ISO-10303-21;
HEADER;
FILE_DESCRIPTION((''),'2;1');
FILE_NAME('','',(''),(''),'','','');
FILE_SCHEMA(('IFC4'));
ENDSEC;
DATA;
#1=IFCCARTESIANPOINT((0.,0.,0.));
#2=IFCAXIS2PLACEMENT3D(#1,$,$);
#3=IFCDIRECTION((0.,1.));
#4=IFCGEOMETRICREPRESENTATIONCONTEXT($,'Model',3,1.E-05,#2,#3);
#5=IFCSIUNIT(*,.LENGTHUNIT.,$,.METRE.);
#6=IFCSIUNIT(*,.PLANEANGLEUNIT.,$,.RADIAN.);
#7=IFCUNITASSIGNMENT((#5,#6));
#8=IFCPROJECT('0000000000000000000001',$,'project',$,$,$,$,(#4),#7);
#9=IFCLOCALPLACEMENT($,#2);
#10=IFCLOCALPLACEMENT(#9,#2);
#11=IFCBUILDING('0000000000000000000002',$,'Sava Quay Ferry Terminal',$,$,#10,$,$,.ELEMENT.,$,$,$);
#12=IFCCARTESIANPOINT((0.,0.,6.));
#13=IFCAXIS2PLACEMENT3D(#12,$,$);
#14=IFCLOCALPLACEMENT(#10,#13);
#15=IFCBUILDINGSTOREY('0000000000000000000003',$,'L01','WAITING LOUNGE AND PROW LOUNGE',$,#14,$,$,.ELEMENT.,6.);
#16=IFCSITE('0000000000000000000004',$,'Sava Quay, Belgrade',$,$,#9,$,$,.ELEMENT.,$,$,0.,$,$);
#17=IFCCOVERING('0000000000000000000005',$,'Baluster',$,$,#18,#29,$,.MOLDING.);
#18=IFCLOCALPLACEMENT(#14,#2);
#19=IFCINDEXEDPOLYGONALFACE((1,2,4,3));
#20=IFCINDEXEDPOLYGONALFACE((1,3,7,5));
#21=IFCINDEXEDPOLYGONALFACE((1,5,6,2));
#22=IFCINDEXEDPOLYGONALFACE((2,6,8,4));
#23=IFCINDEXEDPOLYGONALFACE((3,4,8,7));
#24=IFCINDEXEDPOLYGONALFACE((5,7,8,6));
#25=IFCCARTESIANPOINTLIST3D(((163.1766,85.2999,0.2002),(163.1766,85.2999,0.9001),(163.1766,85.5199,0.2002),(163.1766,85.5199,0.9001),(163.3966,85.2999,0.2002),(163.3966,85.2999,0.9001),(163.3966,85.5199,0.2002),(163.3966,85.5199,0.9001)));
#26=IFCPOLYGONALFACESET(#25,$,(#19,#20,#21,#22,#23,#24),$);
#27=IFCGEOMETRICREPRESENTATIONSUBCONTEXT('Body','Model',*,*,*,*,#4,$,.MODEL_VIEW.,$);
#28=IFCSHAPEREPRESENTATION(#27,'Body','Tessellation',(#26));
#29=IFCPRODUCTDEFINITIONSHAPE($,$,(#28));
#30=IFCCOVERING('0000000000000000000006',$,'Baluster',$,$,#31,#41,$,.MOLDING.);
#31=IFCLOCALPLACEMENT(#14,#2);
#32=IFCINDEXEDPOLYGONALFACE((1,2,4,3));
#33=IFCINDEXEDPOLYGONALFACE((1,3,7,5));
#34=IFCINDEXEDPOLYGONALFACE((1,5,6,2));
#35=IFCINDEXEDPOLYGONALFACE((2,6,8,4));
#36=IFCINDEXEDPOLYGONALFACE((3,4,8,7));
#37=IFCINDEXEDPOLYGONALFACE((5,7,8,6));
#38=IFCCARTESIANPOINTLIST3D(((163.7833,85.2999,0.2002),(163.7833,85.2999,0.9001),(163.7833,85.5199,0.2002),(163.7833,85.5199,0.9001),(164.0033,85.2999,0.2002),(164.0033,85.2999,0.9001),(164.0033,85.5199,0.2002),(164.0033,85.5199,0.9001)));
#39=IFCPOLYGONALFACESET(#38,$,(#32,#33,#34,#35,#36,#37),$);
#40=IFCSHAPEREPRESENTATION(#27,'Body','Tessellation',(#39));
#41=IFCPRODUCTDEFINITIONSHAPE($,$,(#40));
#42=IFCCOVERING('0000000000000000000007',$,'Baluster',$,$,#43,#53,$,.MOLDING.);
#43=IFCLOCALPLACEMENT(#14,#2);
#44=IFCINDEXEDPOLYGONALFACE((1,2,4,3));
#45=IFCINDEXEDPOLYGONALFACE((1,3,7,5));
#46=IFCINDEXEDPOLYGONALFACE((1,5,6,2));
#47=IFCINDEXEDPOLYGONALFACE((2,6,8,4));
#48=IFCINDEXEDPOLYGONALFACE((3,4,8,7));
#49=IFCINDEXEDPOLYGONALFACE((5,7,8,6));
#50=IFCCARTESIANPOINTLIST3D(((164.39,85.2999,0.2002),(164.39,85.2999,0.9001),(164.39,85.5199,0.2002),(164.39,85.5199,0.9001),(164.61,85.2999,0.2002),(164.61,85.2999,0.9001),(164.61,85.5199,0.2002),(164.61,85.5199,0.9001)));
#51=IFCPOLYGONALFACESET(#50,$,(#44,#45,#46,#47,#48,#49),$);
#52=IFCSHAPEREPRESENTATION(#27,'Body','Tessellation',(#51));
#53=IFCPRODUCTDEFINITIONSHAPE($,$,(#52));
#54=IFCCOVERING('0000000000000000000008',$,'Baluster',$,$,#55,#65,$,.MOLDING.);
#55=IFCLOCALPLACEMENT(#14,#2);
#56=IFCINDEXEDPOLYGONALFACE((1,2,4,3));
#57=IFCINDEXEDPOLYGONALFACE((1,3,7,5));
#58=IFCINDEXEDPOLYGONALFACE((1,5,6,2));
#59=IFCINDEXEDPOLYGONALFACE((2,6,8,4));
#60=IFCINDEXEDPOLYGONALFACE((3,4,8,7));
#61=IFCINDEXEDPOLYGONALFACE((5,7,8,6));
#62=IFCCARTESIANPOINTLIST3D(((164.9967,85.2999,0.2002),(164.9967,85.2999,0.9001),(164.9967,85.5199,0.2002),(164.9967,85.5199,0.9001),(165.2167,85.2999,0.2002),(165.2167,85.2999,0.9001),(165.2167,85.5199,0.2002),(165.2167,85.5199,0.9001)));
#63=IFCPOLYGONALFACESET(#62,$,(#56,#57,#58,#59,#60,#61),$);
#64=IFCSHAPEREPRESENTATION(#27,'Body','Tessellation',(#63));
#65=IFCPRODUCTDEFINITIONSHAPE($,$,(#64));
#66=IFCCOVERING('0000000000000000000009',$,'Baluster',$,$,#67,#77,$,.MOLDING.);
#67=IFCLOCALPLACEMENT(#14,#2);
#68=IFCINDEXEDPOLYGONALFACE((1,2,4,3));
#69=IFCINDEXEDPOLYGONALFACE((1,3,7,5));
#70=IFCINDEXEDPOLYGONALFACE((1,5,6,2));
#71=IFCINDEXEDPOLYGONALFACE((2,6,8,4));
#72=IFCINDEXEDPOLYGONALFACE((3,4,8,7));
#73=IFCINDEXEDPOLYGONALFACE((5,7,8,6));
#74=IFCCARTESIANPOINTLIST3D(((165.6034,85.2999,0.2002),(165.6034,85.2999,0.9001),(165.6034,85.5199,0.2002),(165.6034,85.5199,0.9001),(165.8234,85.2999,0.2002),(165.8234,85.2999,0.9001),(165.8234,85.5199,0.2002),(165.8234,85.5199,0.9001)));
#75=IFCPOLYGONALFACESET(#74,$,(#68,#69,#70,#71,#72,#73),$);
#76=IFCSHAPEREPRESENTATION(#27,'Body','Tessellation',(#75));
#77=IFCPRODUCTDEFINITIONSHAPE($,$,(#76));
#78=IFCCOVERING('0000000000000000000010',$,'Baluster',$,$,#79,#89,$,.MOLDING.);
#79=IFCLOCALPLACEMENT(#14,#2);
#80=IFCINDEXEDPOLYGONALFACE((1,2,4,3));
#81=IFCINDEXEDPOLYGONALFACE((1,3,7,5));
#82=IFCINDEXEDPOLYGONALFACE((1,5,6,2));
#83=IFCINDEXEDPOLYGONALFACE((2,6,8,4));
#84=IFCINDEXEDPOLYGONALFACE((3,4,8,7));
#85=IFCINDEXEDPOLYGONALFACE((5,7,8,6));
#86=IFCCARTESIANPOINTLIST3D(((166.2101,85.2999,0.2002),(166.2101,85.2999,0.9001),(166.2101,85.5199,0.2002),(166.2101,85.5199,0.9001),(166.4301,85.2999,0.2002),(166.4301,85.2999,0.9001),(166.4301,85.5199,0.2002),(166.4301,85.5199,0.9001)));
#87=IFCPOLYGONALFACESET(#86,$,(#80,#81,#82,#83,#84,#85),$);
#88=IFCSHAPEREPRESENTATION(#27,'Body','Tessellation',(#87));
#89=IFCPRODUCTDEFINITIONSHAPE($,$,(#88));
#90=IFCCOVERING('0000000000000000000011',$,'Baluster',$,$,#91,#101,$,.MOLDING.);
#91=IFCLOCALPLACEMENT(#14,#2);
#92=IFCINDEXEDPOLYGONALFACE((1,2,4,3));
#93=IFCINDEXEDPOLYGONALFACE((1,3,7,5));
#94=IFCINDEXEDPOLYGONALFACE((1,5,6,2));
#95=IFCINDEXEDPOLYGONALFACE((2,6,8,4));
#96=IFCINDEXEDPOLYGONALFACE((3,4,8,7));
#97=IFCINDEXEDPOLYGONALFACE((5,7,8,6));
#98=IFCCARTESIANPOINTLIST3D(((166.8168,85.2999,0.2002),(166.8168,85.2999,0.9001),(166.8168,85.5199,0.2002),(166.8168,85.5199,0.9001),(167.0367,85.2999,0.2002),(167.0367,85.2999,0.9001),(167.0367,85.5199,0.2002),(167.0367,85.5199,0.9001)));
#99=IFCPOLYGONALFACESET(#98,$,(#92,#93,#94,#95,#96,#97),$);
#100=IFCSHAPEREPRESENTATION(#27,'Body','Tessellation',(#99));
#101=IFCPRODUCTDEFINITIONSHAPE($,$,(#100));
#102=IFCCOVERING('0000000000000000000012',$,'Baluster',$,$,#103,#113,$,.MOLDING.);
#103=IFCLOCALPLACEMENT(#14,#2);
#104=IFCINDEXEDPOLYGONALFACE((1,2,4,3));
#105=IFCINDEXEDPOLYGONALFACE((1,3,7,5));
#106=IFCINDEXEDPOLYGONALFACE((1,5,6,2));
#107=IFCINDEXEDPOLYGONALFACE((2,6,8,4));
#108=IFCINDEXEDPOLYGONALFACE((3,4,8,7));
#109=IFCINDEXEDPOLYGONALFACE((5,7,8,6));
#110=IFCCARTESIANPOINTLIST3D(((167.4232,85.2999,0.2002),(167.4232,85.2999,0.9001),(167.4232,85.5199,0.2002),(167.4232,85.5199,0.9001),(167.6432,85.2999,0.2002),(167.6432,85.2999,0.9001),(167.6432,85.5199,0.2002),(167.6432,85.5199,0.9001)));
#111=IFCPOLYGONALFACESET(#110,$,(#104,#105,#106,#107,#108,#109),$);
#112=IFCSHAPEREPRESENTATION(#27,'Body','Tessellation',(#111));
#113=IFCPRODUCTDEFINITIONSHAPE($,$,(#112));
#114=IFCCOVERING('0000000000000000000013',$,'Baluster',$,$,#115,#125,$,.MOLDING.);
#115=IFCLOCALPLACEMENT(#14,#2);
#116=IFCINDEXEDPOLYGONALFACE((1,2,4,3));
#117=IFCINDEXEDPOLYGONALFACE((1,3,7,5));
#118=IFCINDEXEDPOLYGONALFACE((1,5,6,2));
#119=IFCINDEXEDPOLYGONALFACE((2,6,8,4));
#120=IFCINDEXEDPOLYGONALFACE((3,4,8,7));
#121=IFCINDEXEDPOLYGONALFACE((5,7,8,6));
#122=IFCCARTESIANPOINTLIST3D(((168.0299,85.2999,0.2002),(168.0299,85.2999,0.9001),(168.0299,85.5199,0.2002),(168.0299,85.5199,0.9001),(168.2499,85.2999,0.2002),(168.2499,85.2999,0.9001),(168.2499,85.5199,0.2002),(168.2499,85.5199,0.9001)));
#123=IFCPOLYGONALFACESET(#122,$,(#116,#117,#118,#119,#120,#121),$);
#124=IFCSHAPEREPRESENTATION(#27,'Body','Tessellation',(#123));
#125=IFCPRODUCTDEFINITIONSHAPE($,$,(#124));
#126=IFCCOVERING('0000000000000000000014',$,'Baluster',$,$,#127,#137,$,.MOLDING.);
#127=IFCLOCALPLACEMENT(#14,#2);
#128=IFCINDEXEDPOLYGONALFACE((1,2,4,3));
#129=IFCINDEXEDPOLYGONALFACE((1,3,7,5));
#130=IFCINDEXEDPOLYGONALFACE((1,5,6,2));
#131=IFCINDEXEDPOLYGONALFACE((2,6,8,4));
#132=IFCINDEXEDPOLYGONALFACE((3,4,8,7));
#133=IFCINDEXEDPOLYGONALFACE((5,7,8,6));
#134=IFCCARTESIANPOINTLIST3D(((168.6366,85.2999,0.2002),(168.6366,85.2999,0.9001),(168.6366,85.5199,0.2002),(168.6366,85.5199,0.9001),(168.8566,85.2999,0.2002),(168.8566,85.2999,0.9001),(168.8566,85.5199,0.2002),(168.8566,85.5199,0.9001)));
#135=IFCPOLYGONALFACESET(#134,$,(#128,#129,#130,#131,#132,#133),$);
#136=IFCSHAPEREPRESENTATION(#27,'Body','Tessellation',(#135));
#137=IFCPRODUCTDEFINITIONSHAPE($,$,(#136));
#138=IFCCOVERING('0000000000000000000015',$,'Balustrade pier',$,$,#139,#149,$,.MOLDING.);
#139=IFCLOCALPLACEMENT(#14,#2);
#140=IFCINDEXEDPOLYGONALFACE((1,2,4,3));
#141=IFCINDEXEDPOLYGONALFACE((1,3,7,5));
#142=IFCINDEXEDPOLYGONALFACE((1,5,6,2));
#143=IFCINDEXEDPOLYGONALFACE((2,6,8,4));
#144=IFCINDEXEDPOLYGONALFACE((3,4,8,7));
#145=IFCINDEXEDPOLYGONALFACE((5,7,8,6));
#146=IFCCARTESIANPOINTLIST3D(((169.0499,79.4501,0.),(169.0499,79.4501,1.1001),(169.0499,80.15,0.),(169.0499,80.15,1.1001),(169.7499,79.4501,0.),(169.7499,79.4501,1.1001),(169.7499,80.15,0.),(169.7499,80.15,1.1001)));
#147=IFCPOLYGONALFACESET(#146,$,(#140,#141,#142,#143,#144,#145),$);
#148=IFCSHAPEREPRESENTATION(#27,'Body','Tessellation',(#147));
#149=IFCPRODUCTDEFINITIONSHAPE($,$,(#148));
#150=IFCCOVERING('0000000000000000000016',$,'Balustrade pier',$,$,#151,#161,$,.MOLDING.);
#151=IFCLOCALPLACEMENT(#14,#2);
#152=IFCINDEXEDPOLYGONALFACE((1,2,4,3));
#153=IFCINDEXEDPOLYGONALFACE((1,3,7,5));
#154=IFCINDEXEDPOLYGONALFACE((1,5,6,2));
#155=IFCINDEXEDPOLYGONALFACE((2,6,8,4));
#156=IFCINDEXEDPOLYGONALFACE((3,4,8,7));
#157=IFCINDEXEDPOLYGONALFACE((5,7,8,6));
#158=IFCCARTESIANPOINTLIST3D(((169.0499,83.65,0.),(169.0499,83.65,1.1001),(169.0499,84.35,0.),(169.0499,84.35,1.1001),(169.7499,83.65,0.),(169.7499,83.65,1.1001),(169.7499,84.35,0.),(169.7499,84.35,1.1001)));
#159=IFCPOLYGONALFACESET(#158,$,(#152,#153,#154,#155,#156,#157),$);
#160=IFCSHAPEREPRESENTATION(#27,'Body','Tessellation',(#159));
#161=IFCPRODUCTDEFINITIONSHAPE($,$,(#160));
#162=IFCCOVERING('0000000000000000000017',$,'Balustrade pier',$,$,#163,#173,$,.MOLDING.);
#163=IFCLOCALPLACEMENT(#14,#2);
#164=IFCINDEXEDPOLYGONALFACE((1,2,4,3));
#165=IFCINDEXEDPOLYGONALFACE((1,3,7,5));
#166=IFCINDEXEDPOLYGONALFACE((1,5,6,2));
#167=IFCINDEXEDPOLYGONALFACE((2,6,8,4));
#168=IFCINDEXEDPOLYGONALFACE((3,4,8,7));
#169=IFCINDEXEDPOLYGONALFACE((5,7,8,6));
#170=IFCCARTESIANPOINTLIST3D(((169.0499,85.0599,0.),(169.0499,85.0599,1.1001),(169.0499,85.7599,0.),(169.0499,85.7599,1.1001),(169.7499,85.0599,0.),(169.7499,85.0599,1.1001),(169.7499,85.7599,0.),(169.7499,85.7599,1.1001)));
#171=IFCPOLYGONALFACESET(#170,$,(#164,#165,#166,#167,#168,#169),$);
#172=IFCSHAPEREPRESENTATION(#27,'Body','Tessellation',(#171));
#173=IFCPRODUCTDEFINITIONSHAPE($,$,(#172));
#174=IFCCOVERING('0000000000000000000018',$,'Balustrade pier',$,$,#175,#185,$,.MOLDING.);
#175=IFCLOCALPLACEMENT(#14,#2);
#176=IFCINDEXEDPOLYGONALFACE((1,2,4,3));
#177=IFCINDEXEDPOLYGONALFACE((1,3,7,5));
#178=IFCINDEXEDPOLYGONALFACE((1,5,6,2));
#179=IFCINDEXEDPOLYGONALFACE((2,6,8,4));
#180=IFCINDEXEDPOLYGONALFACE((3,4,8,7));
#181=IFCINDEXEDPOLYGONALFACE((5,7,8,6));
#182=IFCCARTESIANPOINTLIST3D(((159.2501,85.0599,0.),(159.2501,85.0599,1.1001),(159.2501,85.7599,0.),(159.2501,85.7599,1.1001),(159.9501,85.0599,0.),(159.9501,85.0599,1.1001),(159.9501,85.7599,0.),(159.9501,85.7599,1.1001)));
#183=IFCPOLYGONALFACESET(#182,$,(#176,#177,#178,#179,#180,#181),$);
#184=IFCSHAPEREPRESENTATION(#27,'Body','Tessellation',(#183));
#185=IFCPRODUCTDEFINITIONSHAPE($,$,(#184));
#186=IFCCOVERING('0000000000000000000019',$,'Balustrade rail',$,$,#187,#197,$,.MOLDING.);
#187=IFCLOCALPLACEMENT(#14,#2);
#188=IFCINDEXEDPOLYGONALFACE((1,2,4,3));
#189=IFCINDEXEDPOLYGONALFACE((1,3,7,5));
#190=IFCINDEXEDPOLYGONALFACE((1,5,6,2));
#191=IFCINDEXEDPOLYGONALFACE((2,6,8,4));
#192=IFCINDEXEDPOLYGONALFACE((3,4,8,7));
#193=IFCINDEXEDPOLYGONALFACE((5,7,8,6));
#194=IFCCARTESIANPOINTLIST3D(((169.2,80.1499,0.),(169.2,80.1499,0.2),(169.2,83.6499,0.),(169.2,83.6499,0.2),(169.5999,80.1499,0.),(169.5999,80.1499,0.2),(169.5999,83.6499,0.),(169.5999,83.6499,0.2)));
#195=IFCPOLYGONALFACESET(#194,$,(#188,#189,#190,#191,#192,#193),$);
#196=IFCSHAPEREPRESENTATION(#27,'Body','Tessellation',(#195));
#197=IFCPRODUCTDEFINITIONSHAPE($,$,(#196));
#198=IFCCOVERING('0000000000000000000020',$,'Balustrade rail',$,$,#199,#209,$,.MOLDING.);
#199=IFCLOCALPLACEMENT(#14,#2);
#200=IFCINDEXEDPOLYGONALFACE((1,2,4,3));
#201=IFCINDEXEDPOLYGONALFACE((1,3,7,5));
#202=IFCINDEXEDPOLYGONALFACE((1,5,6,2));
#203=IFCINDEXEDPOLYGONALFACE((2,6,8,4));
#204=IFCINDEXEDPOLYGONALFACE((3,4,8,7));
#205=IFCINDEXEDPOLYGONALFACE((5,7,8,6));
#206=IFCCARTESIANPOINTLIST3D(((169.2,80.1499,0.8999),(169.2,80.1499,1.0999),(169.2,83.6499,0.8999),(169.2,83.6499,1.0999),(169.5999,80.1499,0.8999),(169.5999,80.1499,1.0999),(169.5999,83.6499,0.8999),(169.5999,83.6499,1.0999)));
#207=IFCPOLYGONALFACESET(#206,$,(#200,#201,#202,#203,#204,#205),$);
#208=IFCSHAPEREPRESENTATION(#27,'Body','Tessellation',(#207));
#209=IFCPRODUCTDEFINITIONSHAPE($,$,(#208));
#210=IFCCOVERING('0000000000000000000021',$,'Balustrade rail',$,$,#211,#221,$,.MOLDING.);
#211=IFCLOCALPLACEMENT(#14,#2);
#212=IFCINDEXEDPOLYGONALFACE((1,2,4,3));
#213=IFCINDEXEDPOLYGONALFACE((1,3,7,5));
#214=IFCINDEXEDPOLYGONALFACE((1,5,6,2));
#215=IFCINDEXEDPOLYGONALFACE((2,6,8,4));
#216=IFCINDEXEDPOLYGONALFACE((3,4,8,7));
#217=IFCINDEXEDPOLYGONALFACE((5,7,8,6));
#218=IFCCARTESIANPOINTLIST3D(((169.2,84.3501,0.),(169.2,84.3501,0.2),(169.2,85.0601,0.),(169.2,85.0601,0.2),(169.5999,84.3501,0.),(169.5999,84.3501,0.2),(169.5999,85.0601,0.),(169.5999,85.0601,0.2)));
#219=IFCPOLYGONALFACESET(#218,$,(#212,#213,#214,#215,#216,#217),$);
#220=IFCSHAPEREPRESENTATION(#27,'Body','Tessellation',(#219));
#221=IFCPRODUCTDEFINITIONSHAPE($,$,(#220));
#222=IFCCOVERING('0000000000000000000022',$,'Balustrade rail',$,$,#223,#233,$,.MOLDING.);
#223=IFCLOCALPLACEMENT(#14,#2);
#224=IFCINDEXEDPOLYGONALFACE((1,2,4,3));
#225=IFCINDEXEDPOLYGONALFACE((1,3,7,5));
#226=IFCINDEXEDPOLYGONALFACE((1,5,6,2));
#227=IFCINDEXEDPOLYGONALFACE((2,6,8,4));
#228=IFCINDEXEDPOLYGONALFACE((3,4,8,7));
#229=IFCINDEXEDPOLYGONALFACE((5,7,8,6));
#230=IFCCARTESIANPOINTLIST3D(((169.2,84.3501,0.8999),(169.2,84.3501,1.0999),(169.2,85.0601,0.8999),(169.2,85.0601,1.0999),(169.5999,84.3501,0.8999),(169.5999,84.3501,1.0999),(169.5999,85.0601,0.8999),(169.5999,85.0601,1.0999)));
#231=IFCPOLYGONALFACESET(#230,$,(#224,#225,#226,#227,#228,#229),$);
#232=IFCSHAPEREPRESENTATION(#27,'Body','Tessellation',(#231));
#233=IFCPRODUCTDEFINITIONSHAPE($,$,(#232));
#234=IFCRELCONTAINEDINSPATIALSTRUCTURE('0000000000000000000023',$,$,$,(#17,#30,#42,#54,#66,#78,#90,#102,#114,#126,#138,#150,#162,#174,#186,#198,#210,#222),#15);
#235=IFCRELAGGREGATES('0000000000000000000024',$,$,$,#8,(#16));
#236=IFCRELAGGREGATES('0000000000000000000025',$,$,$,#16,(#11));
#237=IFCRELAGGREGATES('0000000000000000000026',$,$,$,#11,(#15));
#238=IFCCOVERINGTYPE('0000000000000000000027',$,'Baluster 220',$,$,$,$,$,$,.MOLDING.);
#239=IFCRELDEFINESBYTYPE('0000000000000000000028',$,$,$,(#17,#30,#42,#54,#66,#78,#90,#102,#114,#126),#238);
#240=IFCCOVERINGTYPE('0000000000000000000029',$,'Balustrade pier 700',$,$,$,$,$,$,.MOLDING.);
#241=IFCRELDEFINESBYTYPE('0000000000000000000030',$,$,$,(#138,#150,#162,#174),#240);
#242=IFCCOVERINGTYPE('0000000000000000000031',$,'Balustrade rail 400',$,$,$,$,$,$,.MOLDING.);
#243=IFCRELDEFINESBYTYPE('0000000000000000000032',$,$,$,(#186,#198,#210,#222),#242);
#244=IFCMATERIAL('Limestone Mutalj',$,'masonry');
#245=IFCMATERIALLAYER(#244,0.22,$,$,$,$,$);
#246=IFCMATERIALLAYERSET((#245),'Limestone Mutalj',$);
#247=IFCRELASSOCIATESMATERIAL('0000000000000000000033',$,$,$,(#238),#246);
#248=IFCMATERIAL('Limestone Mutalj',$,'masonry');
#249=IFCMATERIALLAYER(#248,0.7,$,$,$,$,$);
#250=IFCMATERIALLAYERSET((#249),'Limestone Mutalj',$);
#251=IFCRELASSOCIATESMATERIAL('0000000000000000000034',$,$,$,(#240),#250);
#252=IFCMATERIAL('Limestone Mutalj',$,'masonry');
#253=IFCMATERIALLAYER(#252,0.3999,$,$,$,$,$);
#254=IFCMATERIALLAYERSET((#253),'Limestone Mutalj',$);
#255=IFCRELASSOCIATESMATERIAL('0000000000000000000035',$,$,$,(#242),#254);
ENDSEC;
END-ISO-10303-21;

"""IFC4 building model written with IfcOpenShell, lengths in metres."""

from ifc_helpers import new_model, si_unit, direction, frame, origin, origin_2d, place, context, subcontext, project, spatial, rectangle, extrude, material, layer, layer_set, type_object, element, save


model = new_model("IFC4")

# Units and contexts
model_context = context("Model", 3, precision=1e-05, world=origin(), true_north=direction((0.0, 1.0)))
body_context = subcontext(model_context, "Body", "Model", "MODEL_VIEW")
ifc_project = project(units=[si_unit("LENGTHUNIT", "METRE"), si_unit("PLANEANGLEUNIT", "RADIAN")], contexts=[model_context])

# Site, building, storey
site_placement = place(None, origin())
site = spatial("IfcSite", under=ifc_project, at=site_placement, Name="Sava Quay, Belgrade", CompositionType="ELEMENT", RefElevation=0.0)
building_placement = place(site_placement, origin())
building = spatial("IfcBuilding", under=site, at=building_placement, Name="Sava Quay Ferry Terminal", CompositionType="ELEMENT")
storey_placement = place(building_placement, frame((0.0, 0.0, 6.0)))
storey = spatial("IfcBuildingStorey", under=building, at=storey_placement, Name="L01", Description="WAITING LOUNGE AND PROW LOUNGE", CompositionType="ELEMENT", Elevation=6.0)

# Coverings
ifc_material_1 = material(Name="Limestone Mutalj", Category="masonry")
ifc_layer_1 = layer(ifc_material_1, 0.22)
ifc_layer_set_1 = layer_set([ifc_layer_1], Name="Limestone Mutalj")
covering_type_1 = type_object("IfcCoveringType", Name="Baluster 220", PredefinedType="MOLDING", material=ifc_layer_set_1)
for number, where, z_axis, x_axis, name in (
    (1, (163.2866, 85.4099, 0.2002), (0.0, 0.0, 1.0), (1.0, 0.0, 0.0), "Baluster"),
    (2, (163.8933, 85.4099, 0.2002), (0.0, 0.0, 1.0), (1.0, 0.0, 0.0), "Baluster"),
    (3, (164.5, 85.4099, 0.2002), (0.0, 0.0, 1.0), (1.0, 0.0, 0.0), "Baluster"),
    (4, (165.1067, 85.4099, 0.2002), (0.0, 0.0, 1.0), (1.0, 0.0, 0.0), "Baluster"),
    (5, (165.7134, 85.4099, 0.2002), (0.0, 0.0, 1.0), (1.0, 0.0, 0.0), "Baluster"),
    (6, (166.3201, 85.4099, 0.2002), (0.0, 0.0, 1.0), (1.0, 0.0, 0.0), "Baluster"),
    (7, (166.9268, 85.4099, 0.2002), (0.0, 0.0, 1.0), (1.0, 0.0, 0.0), "Baluster"),
    (8, (167.5332, 85.4099, 0.2002), (0.0, 0.0, 1.0), (1.0, 0.0, 0.0), "Baluster"),
    (9, (168.1399, 85.4099, 0.2002), (0.0, 0.0, 1.0), (1.0, 0.0, 0.0), "Baluster"),
    (10, (168.7466, 85.4099, 0.2002), (0.0, 0.0, 1.0), (1.0, 0.0, 0.0), "Baluster"),
):
    element("IfcCovering", number, at=place(storey_placement, frame(where, z_axis=z_axis, x_axis=x_axis)), inside=storey, type_object=covering_type_1, Name=name, PredefinedType="MOLDING", context=body_context, shape_type="SweptSolid", body=[
        extrude(rectangle(XDim=0.22, YDim=0.22, at=origin_2d()), origin(), (0.0, 0.0, 1.0), 0.7),
    ])
ifc_material_2 = material(Name="Limestone Mutalj", Category="masonry")
ifc_layer_2 = layer(ifc_material_2, 0.7)
ifc_layer_set_2 = layer_set([ifc_layer_2], Name="Limestone Mutalj")
covering_type_2 = type_object("IfcCoveringType", Name="Balustrade pier 700", PredefinedType="MOLDING", material=ifc_layer_set_2)
for number, where, z_axis, x_axis, name in (
    (11, (169.3999, 79.8, 0.0), (0.0, 0.0, 1.0), (1.0, 0.0, 0.0), "Balustrade pier"),
    (12, (169.3999, 84.0, 0.0), (0.0, 0.0, 1.0), (1.0, 0.0, 0.0), "Balustrade pier"),
    (13, (169.3999, 85.4099, 0.0), (0.0, 0.0, 1.0), (1.0, 0.0, 0.0), "Balustrade pier"),
    (14, (159.6001, 85.4099, 0.0), (0.0, 0.0, 1.0), (1.0, 0.0, 0.0), "Balustrade pier"),
):
    element("IfcCovering", number, at=place(storey_placement, frame(where, z_axis=z_axis, x_axis=x_axis)), inside=storey, type_object=covering_type_2, Name=name, PredefinedType="MOLDING", context=body_context, shape_type="SweptSolid", body=[
        extrude(rectangle(XDim=0.7, YDim=0.7, at=origin_2d()), origin(), (0.0, 0.0, 1.0), 1.1001),
    ])
ifc_material_3 = material(Name="Limestone Mutalj", Category="masonry")
ifc_layer_3 = layer(ifc_material_3, 0.3999)
ifc_layer_set_3 = layer_set([ifc_layer_3], Name="Limestone Mutalj")
covering_type_3 = type_object("IfcCoveringType", Name="Balustrade rail 400", PredefinedType="MOLDING", material=ifc_layer_set_3)
for number, where, z_axis, x_axis, name in (
    (15, (169.3999, 81.8999, 0.0), (0.0, 0.0, 1.0), (1.0, 0.0, 0.0), "Balustrade rail"),
    (16, (169.3999, 81.8999, 0.8999), (0.0, 0.0, 1.0), (1.0, 0.0, 0.0), "Balustrade rail"),
):
    element("IfcCovering", number, at=place(storey_placement, frame(where, z_axis=z_axis, x_axis=x_axis)), inside=storey, type_object=covering_type_3, Name=name, PredefinedType="MOLDING", context=body_context, shape_type="SweptSolid", body=[
        extrude(rectangle(XDim=0.3999, YDim=3.5, at=origin_2d()), origin(), (0.0, 0.0, 1.0), 0.2),
    ])
for number, where, z_axis, x_axis, name in (
    (17, (169.3999, 84.7051, 0.0), (0.0, 0.0, 1.0), (1.0, 0.0, 0.0), "Balustrade rail"),
    (18, (169.3999, 84.7051, 0.8999), (0.0, 0.0, 1.0), (1.0, 0.0, 0.0), "Balustrade rail"),
):
    element("IfcCovering", number, at=place(storey_placement, frame(where, z_axis=z_axis, x_axis=x_axis)), inside=storey, type_object=covering_type_3, Name=name, PredefinedType="MOLDING", context=body_context, shape_type="SweptSolid", body=[
        extrude(rectangle(XDim=0.3999, YDim=0.71, at=origin_2d()), origin(), (0.0, 0.0, 1.0), 0.2),
    ])

save(model, "model.ifc")
